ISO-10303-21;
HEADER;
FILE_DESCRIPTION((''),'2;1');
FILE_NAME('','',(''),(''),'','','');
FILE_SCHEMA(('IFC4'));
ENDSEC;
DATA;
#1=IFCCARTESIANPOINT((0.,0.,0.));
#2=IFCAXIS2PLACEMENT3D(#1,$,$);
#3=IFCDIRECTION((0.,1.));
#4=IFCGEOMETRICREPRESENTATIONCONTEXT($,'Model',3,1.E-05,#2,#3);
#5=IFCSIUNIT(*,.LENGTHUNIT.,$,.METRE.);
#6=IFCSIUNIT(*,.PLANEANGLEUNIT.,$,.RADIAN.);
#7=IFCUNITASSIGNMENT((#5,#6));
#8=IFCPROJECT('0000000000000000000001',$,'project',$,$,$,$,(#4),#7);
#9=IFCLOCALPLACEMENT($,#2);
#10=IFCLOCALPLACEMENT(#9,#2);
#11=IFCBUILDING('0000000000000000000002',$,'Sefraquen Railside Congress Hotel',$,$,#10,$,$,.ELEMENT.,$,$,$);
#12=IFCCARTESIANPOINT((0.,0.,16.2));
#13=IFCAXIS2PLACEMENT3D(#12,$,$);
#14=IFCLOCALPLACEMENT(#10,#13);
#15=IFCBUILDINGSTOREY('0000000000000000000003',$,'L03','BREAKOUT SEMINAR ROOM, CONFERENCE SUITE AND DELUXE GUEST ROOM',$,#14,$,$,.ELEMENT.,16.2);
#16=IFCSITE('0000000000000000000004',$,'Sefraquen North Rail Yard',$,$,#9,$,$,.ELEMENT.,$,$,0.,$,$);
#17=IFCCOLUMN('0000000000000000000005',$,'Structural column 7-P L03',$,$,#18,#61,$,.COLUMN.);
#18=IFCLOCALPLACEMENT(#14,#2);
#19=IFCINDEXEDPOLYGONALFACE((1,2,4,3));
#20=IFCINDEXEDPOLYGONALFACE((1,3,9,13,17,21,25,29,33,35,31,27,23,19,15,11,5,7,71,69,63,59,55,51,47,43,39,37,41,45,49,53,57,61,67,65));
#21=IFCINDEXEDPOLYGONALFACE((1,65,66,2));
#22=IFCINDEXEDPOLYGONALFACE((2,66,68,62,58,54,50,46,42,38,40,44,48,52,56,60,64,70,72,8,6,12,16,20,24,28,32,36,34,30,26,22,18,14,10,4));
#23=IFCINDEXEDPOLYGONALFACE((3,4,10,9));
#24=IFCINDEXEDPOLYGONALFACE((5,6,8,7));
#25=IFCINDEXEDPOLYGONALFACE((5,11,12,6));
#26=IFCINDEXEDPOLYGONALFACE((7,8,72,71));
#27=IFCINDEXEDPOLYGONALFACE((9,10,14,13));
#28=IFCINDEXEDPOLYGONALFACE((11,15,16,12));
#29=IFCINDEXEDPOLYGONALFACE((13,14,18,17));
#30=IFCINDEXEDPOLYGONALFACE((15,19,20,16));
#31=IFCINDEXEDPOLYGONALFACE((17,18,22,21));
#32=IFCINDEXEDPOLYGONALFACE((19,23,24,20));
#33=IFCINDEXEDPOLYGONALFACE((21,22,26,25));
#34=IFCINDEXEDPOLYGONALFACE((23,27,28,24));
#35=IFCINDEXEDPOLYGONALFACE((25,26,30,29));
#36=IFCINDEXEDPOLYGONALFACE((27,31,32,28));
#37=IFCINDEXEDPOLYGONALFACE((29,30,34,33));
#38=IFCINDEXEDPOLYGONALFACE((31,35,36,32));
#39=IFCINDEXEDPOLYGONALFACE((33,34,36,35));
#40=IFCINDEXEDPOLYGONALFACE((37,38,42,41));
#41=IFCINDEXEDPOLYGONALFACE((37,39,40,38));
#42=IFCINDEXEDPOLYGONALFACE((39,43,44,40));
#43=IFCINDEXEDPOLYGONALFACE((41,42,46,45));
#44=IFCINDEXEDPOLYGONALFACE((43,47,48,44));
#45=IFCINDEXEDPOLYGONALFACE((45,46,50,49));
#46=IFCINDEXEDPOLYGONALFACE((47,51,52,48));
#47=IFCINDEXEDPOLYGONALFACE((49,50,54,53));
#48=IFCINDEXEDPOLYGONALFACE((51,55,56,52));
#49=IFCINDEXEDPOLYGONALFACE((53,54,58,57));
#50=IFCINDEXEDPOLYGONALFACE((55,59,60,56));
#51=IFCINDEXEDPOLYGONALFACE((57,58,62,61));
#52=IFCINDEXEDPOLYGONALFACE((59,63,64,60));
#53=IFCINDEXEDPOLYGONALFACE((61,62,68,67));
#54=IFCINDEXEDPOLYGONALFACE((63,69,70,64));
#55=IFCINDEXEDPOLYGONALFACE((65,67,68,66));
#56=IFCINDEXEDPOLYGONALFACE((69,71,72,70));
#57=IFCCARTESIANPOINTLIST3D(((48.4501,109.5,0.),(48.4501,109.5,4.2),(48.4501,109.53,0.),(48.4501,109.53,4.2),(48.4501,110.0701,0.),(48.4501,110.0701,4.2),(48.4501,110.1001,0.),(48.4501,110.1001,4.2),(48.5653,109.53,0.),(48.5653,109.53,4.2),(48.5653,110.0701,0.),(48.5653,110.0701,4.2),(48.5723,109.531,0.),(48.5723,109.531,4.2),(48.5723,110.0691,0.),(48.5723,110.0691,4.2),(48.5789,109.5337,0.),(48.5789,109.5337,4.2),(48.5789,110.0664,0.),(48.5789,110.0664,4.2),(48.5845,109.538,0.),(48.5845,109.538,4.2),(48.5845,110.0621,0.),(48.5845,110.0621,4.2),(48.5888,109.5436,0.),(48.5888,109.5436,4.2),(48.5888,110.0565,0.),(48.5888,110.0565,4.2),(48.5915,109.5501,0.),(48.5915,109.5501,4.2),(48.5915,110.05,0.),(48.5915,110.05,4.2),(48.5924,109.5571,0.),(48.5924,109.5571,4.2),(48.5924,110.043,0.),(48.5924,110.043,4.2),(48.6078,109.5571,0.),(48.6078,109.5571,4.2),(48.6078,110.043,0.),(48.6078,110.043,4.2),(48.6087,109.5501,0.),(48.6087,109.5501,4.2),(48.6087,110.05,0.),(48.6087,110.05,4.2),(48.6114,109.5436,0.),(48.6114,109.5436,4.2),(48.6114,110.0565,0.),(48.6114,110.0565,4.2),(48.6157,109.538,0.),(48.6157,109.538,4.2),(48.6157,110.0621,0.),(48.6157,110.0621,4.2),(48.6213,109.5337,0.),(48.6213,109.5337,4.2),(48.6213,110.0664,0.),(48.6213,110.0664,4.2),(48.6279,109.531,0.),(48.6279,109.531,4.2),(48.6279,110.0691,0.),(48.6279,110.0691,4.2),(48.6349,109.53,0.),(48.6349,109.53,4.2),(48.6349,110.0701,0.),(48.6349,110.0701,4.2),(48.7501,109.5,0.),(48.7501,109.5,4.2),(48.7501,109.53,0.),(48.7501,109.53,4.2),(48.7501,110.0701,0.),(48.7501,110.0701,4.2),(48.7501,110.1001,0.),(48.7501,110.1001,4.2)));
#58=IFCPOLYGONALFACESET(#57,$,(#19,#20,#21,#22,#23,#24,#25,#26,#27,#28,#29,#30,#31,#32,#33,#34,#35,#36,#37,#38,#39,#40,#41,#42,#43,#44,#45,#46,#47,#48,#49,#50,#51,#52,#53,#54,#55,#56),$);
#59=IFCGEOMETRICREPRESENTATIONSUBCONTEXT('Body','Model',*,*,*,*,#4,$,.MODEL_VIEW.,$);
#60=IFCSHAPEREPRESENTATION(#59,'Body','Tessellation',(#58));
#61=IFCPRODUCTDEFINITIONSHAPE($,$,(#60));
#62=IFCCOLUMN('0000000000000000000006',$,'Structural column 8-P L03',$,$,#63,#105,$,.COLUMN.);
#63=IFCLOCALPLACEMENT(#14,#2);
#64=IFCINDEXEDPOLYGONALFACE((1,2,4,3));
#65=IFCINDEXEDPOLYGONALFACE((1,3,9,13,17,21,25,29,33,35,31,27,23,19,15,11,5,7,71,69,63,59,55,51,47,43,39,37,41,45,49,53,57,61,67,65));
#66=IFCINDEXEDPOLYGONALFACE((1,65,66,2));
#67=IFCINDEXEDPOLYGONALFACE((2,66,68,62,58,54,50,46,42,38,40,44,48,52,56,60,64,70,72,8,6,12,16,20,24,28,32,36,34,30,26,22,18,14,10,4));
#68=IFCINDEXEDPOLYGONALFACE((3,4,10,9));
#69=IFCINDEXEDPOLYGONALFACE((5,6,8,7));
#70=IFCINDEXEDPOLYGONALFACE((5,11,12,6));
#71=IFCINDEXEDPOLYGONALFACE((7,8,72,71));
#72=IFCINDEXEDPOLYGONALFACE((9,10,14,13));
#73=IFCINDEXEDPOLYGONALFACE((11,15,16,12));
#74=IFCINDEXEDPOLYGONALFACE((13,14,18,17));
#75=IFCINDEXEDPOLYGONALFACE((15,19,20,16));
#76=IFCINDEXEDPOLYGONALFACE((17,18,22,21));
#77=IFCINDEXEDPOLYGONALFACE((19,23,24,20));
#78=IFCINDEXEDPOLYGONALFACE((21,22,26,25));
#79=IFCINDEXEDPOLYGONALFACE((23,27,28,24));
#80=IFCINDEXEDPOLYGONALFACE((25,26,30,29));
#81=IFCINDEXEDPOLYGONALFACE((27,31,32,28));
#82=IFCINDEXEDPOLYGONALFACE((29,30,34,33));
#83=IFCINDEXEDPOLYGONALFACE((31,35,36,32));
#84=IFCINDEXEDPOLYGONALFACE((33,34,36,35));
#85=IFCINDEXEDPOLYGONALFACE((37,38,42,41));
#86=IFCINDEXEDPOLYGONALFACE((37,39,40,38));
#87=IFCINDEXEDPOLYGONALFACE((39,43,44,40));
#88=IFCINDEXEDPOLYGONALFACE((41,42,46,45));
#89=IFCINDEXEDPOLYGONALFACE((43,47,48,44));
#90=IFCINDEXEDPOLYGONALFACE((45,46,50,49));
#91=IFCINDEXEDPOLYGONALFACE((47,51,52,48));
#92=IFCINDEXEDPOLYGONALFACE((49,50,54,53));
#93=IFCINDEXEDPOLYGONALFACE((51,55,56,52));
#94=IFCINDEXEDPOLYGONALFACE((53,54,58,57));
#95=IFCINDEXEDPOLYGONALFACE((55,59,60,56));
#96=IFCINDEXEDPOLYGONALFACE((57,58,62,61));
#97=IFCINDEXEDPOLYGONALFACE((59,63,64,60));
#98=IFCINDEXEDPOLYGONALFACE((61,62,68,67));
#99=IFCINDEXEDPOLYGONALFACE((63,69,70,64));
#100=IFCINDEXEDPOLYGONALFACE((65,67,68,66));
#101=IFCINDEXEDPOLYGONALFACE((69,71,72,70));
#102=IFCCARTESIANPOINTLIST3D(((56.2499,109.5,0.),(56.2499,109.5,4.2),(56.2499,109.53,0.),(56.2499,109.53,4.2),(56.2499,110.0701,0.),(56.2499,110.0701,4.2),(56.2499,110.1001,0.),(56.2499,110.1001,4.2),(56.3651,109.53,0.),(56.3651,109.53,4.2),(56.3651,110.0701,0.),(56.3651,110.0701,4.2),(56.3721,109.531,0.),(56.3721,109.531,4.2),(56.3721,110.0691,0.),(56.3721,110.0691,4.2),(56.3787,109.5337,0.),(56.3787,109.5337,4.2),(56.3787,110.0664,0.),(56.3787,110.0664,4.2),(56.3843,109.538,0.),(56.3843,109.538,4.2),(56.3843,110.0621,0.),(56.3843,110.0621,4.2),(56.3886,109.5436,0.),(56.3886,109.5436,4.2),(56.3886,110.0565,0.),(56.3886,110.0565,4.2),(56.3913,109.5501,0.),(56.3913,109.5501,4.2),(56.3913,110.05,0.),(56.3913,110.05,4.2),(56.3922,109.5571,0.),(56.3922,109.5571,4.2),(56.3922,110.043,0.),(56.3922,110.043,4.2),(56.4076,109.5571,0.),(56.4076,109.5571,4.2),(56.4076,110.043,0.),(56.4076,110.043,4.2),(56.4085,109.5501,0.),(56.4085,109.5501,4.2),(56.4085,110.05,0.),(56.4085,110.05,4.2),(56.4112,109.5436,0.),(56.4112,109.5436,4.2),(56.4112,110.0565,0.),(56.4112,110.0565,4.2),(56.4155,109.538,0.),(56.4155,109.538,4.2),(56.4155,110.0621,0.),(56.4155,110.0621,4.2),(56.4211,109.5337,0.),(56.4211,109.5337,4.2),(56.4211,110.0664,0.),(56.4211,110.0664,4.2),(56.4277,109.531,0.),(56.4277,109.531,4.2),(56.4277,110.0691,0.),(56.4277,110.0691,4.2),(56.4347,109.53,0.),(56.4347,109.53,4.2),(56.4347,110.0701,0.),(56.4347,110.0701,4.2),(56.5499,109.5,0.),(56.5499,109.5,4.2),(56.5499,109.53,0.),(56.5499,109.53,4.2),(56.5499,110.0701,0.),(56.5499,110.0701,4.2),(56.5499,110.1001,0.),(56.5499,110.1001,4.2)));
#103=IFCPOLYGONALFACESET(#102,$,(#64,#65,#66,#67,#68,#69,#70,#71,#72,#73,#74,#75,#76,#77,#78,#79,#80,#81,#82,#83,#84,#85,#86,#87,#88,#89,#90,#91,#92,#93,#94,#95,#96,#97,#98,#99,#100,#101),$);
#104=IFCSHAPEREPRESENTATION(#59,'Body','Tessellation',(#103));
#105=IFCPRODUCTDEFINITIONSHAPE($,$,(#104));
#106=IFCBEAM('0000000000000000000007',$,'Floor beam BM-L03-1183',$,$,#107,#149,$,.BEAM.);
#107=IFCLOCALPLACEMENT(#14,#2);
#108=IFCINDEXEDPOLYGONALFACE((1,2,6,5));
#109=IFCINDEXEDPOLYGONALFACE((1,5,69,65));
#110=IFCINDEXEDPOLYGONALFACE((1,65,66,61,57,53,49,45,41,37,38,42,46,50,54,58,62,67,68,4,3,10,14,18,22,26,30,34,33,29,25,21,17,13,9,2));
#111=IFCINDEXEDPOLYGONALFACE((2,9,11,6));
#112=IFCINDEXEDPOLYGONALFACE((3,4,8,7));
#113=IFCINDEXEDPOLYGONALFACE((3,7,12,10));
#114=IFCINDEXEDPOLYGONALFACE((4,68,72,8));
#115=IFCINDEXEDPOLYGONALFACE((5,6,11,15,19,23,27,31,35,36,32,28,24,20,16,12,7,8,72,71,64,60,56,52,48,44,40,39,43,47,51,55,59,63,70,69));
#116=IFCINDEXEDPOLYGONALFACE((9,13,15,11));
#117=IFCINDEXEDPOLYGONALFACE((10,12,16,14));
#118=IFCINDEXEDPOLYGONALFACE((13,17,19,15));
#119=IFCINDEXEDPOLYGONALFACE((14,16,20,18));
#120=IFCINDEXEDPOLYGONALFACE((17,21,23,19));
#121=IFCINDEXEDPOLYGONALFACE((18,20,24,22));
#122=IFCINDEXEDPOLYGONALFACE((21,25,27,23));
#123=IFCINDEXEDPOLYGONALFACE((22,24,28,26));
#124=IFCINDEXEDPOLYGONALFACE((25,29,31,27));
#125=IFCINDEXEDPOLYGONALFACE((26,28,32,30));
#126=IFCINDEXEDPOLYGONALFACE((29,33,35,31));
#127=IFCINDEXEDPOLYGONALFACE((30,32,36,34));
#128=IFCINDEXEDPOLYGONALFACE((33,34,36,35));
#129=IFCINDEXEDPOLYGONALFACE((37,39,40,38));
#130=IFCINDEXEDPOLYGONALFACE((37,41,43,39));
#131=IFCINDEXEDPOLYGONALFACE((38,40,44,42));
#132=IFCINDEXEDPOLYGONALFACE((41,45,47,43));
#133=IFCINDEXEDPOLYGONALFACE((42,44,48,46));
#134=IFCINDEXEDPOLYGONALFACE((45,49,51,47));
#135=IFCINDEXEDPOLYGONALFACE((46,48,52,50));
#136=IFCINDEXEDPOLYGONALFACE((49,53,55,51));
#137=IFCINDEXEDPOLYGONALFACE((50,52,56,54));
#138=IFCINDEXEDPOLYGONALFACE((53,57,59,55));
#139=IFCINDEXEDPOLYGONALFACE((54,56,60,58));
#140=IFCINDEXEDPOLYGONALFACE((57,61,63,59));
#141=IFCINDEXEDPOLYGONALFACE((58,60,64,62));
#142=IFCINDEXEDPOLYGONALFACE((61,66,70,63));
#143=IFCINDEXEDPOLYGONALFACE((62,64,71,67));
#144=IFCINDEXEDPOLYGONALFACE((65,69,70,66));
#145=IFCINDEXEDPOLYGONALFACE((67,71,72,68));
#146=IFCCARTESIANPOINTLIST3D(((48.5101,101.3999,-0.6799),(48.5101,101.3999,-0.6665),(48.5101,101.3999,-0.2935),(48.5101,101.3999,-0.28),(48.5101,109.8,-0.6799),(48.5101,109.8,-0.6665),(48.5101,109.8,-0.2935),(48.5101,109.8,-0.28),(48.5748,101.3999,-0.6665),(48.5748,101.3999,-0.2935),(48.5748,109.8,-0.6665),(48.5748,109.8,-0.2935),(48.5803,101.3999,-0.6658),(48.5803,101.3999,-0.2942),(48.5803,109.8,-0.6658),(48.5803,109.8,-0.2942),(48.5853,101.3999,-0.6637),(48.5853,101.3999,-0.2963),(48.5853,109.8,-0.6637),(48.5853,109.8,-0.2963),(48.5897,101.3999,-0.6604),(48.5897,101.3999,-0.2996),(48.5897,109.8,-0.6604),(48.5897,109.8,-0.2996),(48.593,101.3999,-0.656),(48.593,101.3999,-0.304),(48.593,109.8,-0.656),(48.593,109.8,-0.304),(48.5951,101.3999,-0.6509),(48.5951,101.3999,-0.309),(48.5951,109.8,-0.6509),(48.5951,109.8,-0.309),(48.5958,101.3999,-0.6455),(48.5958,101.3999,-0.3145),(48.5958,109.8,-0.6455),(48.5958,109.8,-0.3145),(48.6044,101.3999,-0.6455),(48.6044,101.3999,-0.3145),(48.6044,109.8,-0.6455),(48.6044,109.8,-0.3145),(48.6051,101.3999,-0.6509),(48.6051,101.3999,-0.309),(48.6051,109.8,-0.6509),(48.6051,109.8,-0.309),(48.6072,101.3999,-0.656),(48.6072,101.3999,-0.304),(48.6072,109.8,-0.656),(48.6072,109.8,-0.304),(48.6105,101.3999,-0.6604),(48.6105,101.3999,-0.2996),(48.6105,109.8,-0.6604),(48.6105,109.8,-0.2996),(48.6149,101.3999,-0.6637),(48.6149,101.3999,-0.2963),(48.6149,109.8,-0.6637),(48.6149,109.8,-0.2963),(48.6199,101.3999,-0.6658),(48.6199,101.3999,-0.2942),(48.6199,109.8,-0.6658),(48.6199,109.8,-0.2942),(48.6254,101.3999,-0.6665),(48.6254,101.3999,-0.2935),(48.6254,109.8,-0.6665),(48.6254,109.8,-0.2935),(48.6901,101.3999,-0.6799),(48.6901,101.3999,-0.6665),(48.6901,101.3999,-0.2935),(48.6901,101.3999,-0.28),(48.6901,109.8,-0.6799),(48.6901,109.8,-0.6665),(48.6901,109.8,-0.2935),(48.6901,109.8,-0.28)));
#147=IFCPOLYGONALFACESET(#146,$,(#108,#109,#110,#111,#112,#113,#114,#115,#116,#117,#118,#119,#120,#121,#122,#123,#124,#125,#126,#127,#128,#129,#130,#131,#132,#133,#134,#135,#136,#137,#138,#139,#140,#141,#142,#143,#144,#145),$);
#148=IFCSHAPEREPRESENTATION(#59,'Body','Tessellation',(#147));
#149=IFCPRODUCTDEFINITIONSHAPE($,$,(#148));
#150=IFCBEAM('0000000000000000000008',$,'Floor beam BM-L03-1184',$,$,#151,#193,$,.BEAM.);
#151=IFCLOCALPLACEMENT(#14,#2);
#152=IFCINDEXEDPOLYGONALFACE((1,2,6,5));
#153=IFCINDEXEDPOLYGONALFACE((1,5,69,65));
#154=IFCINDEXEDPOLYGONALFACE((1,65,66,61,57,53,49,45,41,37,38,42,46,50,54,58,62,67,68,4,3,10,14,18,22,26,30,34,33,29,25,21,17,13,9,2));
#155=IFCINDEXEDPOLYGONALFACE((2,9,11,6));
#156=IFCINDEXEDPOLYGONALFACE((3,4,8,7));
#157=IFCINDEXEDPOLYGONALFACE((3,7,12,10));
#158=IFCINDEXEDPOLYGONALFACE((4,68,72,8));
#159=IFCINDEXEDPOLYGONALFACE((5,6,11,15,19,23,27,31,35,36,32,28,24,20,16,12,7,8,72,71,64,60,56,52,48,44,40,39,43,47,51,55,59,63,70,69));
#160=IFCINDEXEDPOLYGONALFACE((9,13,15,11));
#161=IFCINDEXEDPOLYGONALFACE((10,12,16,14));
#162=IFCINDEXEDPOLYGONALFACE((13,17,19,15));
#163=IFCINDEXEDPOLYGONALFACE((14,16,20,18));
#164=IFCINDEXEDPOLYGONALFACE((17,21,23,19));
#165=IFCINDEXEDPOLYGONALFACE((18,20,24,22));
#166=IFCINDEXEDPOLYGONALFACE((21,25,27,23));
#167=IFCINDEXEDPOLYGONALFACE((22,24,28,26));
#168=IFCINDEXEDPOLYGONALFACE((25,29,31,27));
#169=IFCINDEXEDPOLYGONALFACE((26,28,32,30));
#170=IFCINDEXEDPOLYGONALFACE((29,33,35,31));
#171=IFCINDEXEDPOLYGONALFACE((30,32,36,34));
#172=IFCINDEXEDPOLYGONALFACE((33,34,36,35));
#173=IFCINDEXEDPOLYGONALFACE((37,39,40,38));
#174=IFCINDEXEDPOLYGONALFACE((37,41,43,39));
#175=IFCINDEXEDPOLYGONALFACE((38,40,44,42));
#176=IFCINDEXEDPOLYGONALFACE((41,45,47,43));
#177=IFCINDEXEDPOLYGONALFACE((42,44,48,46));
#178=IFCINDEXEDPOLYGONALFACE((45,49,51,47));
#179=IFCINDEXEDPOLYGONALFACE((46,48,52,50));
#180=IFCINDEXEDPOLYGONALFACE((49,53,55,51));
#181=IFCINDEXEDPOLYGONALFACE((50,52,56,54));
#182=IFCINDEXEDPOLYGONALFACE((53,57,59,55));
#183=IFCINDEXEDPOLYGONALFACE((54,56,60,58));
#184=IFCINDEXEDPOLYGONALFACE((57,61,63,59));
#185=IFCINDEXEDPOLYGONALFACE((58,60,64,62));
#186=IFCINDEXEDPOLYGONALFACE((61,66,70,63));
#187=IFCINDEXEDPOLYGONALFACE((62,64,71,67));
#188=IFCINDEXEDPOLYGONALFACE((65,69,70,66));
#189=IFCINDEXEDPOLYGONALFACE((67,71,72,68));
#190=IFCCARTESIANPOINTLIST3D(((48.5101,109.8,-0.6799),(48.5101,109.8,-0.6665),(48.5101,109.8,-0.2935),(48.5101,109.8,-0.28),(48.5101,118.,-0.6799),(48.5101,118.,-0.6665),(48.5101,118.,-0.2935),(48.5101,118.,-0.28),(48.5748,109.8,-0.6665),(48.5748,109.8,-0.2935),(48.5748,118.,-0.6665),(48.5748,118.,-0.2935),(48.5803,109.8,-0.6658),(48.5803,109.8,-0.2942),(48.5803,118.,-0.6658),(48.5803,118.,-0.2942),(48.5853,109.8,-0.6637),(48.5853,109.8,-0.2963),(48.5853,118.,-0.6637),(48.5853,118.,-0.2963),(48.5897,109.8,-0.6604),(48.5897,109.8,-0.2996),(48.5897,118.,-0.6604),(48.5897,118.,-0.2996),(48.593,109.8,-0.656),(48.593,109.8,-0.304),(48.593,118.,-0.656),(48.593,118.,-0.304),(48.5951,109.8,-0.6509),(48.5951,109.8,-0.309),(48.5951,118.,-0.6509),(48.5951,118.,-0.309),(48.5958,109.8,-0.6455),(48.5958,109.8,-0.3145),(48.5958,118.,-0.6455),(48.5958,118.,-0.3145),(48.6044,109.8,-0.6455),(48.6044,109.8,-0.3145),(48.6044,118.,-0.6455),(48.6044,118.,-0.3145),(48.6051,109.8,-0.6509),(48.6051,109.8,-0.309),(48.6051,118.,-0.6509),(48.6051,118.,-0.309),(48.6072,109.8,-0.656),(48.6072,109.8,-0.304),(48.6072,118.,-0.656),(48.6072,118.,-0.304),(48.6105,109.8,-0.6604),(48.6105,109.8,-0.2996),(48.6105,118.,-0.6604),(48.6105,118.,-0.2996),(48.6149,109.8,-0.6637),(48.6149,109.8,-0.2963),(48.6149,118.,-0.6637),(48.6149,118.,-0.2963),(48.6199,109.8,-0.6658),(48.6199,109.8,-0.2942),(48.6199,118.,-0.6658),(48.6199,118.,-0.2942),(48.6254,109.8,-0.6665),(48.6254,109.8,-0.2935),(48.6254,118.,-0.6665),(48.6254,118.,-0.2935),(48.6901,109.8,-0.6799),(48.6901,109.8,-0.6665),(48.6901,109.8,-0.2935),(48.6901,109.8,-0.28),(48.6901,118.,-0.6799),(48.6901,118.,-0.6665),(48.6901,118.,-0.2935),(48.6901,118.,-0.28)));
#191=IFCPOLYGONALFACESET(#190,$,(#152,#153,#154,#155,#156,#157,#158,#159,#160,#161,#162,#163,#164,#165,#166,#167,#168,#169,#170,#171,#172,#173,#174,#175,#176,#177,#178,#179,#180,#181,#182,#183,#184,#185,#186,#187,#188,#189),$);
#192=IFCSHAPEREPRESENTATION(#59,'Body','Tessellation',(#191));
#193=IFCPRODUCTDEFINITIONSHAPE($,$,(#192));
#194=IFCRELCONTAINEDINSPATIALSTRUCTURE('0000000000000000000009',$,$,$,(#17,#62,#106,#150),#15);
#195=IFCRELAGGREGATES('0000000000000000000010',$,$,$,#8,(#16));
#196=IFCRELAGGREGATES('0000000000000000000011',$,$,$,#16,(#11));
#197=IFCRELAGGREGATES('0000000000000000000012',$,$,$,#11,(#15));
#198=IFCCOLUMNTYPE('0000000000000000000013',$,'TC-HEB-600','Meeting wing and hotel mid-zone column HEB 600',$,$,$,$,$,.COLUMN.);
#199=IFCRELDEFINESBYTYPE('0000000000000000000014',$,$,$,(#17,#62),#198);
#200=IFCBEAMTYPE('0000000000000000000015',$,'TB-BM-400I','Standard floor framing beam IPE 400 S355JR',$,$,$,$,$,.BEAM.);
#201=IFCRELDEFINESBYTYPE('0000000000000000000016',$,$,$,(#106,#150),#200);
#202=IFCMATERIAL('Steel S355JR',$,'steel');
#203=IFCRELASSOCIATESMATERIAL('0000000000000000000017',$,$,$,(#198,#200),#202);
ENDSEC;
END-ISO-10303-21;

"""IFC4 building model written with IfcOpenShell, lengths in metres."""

from ifc_helpers import new_model, si_unit, direction, frame, origin, origin_2d, place, context, subcontext, project, spatial, i_section, extrude, material, material_profile, profile_set, type_object, element, save


model = new_model("IFC4")

# Units and contexts
model_context = context("Model", 3, precision=1e-05, world=origin(), true_north=direction((0.0, 1.0)))
body_context = subcontext(model_context, "Body", "Model", "MODEL_VIEW")
ifc_project = project(units=[si_unit("LENGTHUNIT", "METRE"), si_unit("PLANEANGLEUNIT", "RADIAN")], contexts=[model_context])

# Site, building, storey
site_placement = place(None, origin())
site = spatial("IfcSite", under=ifc_project, at=site_placement, Name="Sefraquen North Rail Yard", CompositionType="ELEMENT", RefElevation=0.0)
building_placement = place(site_placement, origin())
building = spatial("IfcBuilding", under=site, at=building_placement, Name="Sefraquen Railside Congress Hotel", CompositionType="ELEMENT")
storey_placement = place(building_placement, frame((0.0, 0.0, 16.2)))
storey = spatial("IfcBuildingStorey", under=building, at=storey_placement, Name="L03", Description="BREAKOUT SEMINAR ROOM, CONFERENCE SUITE AND DELUXE GUEST ROOM", CompositionType="ELEMENT", Elevation=16.2)

# Columns
ifc_material_1 = material(Name="Steel S355JR", Category="steel")
ifc_material_profile_1 = material_profile(ifc_material_1, i_section(OverallWidth=0.3, OverallDepth=0.6001, WebThickness=0.0154, FlangeThickness=0.03, FilletRadius=0.0271, at=origin_2d()), Name="HEB 600")
ifc_profile_set_1 = profile_set([ifc_material_profile_1], Name="Steel S355JR")
column_type_1 = type_object("IfcColumnType", Name="TC-HEB-600", Description="Meeting wing and hotel mid-zone column HEB 600", PredefinedType="COLUMN", material=ifc_profile_set_1)
for number, where, z_axis, x_axis, name in (
    (1, (48.6001, 109.8, 0.0), (0.0, 0.0, 1.0), (1.0, 0.0, 0.0), "Structural column 7-P L03"),
    (2, (56.3999, 109.8, 0.0), (0.0, 0.0, 1.0), (1.0, 0.0, 0.0), "Structural column 8-P L03"),
):
    element("IfcColumn", number, at=place(storey_placement, frame(where, z_axis=z_axis, x_axis=x_axis)), inside=storey, type_object=column_type_1, Name=name, PredefinedType="COLUMN", context=body_context, shape_type="SweptSolid", body=[
        extrude(i_section(OverallWidth=0.3, OverallDepth=0.6001, WebThickness=0.0154, FlangeThickness=0.03, FilletRadius=0.0271, at=origin_2d()), origin(), (0.0, 0.0, 1.0), 4.2),
    ])

# Beams
ifc_material_profile_2 = material_profile(ifc_material_1, i_section(OverallWidth=0.1799, OverallDepth=0.3999, WebThickness=0.0085, FlangeThickness=0.0134, FilletRadius=0.021, at=origin_2d()), Name="IPE 400")
ifc_profile_set_2 = profile_set([ifc_material_profile_2], Name="Steel S355JR")
beam_type_1 = type_object("IfcBeamType", Name="TB-BM-400I", Description="Standard floor framing beam IPE 400 S355JR", PredefinedType="BEAM", material=ifc_profile_set_2)
beam_1_placement = place(storey_placement, frame((48.6001, 101.3999, -0.48), z_axis=(0.0, 1.0, 0.0), x_axis=(-1.0, 0.0, 0.0)))
element("IfcBeam", 3, at=beam_1_placement, inside=storey, type_object=beam_type_1, Name="Floor beam BM-L03-1183", PredefinedType="BEAM", context=body_context, shape_type="SweptSolid", body=[
    extrude(i_section(OverallWidth=0.1799, OverallDepth=0.3999, WebThickness=0.0085, FlangeThickness=0.0134, FilletRadius=0.021, at=origin_2d()), origin(), (0.0, 0.0, 1.0), 8.4001),
])
beam_2_placement = place(storey_placement, frame((48.6001, 109.8, -0.48), z_axis=(0.0, 1.0, 0.0), x_axis=(-1.0, 0.0, 0.0)))
element("IfcBeam", 4, at=beam_2_placement, inside=storey, type_object=beam_type_1, Name="Floor beam BM-L03-1184", PredefinedType="BEAM", context=body_context, shape_type="SweptSolid", body=[
    extrude(i_section(OverallWidth=0.1799, OverallDepth=0.3999, WebThickness=0.0085, FlangeThickness=0.0134, FilletRadius=0.021, at=origin_2d()), origin(), (0.0, 0.0, 1.0), 8.2),
])

save(model, "model.ifc")
